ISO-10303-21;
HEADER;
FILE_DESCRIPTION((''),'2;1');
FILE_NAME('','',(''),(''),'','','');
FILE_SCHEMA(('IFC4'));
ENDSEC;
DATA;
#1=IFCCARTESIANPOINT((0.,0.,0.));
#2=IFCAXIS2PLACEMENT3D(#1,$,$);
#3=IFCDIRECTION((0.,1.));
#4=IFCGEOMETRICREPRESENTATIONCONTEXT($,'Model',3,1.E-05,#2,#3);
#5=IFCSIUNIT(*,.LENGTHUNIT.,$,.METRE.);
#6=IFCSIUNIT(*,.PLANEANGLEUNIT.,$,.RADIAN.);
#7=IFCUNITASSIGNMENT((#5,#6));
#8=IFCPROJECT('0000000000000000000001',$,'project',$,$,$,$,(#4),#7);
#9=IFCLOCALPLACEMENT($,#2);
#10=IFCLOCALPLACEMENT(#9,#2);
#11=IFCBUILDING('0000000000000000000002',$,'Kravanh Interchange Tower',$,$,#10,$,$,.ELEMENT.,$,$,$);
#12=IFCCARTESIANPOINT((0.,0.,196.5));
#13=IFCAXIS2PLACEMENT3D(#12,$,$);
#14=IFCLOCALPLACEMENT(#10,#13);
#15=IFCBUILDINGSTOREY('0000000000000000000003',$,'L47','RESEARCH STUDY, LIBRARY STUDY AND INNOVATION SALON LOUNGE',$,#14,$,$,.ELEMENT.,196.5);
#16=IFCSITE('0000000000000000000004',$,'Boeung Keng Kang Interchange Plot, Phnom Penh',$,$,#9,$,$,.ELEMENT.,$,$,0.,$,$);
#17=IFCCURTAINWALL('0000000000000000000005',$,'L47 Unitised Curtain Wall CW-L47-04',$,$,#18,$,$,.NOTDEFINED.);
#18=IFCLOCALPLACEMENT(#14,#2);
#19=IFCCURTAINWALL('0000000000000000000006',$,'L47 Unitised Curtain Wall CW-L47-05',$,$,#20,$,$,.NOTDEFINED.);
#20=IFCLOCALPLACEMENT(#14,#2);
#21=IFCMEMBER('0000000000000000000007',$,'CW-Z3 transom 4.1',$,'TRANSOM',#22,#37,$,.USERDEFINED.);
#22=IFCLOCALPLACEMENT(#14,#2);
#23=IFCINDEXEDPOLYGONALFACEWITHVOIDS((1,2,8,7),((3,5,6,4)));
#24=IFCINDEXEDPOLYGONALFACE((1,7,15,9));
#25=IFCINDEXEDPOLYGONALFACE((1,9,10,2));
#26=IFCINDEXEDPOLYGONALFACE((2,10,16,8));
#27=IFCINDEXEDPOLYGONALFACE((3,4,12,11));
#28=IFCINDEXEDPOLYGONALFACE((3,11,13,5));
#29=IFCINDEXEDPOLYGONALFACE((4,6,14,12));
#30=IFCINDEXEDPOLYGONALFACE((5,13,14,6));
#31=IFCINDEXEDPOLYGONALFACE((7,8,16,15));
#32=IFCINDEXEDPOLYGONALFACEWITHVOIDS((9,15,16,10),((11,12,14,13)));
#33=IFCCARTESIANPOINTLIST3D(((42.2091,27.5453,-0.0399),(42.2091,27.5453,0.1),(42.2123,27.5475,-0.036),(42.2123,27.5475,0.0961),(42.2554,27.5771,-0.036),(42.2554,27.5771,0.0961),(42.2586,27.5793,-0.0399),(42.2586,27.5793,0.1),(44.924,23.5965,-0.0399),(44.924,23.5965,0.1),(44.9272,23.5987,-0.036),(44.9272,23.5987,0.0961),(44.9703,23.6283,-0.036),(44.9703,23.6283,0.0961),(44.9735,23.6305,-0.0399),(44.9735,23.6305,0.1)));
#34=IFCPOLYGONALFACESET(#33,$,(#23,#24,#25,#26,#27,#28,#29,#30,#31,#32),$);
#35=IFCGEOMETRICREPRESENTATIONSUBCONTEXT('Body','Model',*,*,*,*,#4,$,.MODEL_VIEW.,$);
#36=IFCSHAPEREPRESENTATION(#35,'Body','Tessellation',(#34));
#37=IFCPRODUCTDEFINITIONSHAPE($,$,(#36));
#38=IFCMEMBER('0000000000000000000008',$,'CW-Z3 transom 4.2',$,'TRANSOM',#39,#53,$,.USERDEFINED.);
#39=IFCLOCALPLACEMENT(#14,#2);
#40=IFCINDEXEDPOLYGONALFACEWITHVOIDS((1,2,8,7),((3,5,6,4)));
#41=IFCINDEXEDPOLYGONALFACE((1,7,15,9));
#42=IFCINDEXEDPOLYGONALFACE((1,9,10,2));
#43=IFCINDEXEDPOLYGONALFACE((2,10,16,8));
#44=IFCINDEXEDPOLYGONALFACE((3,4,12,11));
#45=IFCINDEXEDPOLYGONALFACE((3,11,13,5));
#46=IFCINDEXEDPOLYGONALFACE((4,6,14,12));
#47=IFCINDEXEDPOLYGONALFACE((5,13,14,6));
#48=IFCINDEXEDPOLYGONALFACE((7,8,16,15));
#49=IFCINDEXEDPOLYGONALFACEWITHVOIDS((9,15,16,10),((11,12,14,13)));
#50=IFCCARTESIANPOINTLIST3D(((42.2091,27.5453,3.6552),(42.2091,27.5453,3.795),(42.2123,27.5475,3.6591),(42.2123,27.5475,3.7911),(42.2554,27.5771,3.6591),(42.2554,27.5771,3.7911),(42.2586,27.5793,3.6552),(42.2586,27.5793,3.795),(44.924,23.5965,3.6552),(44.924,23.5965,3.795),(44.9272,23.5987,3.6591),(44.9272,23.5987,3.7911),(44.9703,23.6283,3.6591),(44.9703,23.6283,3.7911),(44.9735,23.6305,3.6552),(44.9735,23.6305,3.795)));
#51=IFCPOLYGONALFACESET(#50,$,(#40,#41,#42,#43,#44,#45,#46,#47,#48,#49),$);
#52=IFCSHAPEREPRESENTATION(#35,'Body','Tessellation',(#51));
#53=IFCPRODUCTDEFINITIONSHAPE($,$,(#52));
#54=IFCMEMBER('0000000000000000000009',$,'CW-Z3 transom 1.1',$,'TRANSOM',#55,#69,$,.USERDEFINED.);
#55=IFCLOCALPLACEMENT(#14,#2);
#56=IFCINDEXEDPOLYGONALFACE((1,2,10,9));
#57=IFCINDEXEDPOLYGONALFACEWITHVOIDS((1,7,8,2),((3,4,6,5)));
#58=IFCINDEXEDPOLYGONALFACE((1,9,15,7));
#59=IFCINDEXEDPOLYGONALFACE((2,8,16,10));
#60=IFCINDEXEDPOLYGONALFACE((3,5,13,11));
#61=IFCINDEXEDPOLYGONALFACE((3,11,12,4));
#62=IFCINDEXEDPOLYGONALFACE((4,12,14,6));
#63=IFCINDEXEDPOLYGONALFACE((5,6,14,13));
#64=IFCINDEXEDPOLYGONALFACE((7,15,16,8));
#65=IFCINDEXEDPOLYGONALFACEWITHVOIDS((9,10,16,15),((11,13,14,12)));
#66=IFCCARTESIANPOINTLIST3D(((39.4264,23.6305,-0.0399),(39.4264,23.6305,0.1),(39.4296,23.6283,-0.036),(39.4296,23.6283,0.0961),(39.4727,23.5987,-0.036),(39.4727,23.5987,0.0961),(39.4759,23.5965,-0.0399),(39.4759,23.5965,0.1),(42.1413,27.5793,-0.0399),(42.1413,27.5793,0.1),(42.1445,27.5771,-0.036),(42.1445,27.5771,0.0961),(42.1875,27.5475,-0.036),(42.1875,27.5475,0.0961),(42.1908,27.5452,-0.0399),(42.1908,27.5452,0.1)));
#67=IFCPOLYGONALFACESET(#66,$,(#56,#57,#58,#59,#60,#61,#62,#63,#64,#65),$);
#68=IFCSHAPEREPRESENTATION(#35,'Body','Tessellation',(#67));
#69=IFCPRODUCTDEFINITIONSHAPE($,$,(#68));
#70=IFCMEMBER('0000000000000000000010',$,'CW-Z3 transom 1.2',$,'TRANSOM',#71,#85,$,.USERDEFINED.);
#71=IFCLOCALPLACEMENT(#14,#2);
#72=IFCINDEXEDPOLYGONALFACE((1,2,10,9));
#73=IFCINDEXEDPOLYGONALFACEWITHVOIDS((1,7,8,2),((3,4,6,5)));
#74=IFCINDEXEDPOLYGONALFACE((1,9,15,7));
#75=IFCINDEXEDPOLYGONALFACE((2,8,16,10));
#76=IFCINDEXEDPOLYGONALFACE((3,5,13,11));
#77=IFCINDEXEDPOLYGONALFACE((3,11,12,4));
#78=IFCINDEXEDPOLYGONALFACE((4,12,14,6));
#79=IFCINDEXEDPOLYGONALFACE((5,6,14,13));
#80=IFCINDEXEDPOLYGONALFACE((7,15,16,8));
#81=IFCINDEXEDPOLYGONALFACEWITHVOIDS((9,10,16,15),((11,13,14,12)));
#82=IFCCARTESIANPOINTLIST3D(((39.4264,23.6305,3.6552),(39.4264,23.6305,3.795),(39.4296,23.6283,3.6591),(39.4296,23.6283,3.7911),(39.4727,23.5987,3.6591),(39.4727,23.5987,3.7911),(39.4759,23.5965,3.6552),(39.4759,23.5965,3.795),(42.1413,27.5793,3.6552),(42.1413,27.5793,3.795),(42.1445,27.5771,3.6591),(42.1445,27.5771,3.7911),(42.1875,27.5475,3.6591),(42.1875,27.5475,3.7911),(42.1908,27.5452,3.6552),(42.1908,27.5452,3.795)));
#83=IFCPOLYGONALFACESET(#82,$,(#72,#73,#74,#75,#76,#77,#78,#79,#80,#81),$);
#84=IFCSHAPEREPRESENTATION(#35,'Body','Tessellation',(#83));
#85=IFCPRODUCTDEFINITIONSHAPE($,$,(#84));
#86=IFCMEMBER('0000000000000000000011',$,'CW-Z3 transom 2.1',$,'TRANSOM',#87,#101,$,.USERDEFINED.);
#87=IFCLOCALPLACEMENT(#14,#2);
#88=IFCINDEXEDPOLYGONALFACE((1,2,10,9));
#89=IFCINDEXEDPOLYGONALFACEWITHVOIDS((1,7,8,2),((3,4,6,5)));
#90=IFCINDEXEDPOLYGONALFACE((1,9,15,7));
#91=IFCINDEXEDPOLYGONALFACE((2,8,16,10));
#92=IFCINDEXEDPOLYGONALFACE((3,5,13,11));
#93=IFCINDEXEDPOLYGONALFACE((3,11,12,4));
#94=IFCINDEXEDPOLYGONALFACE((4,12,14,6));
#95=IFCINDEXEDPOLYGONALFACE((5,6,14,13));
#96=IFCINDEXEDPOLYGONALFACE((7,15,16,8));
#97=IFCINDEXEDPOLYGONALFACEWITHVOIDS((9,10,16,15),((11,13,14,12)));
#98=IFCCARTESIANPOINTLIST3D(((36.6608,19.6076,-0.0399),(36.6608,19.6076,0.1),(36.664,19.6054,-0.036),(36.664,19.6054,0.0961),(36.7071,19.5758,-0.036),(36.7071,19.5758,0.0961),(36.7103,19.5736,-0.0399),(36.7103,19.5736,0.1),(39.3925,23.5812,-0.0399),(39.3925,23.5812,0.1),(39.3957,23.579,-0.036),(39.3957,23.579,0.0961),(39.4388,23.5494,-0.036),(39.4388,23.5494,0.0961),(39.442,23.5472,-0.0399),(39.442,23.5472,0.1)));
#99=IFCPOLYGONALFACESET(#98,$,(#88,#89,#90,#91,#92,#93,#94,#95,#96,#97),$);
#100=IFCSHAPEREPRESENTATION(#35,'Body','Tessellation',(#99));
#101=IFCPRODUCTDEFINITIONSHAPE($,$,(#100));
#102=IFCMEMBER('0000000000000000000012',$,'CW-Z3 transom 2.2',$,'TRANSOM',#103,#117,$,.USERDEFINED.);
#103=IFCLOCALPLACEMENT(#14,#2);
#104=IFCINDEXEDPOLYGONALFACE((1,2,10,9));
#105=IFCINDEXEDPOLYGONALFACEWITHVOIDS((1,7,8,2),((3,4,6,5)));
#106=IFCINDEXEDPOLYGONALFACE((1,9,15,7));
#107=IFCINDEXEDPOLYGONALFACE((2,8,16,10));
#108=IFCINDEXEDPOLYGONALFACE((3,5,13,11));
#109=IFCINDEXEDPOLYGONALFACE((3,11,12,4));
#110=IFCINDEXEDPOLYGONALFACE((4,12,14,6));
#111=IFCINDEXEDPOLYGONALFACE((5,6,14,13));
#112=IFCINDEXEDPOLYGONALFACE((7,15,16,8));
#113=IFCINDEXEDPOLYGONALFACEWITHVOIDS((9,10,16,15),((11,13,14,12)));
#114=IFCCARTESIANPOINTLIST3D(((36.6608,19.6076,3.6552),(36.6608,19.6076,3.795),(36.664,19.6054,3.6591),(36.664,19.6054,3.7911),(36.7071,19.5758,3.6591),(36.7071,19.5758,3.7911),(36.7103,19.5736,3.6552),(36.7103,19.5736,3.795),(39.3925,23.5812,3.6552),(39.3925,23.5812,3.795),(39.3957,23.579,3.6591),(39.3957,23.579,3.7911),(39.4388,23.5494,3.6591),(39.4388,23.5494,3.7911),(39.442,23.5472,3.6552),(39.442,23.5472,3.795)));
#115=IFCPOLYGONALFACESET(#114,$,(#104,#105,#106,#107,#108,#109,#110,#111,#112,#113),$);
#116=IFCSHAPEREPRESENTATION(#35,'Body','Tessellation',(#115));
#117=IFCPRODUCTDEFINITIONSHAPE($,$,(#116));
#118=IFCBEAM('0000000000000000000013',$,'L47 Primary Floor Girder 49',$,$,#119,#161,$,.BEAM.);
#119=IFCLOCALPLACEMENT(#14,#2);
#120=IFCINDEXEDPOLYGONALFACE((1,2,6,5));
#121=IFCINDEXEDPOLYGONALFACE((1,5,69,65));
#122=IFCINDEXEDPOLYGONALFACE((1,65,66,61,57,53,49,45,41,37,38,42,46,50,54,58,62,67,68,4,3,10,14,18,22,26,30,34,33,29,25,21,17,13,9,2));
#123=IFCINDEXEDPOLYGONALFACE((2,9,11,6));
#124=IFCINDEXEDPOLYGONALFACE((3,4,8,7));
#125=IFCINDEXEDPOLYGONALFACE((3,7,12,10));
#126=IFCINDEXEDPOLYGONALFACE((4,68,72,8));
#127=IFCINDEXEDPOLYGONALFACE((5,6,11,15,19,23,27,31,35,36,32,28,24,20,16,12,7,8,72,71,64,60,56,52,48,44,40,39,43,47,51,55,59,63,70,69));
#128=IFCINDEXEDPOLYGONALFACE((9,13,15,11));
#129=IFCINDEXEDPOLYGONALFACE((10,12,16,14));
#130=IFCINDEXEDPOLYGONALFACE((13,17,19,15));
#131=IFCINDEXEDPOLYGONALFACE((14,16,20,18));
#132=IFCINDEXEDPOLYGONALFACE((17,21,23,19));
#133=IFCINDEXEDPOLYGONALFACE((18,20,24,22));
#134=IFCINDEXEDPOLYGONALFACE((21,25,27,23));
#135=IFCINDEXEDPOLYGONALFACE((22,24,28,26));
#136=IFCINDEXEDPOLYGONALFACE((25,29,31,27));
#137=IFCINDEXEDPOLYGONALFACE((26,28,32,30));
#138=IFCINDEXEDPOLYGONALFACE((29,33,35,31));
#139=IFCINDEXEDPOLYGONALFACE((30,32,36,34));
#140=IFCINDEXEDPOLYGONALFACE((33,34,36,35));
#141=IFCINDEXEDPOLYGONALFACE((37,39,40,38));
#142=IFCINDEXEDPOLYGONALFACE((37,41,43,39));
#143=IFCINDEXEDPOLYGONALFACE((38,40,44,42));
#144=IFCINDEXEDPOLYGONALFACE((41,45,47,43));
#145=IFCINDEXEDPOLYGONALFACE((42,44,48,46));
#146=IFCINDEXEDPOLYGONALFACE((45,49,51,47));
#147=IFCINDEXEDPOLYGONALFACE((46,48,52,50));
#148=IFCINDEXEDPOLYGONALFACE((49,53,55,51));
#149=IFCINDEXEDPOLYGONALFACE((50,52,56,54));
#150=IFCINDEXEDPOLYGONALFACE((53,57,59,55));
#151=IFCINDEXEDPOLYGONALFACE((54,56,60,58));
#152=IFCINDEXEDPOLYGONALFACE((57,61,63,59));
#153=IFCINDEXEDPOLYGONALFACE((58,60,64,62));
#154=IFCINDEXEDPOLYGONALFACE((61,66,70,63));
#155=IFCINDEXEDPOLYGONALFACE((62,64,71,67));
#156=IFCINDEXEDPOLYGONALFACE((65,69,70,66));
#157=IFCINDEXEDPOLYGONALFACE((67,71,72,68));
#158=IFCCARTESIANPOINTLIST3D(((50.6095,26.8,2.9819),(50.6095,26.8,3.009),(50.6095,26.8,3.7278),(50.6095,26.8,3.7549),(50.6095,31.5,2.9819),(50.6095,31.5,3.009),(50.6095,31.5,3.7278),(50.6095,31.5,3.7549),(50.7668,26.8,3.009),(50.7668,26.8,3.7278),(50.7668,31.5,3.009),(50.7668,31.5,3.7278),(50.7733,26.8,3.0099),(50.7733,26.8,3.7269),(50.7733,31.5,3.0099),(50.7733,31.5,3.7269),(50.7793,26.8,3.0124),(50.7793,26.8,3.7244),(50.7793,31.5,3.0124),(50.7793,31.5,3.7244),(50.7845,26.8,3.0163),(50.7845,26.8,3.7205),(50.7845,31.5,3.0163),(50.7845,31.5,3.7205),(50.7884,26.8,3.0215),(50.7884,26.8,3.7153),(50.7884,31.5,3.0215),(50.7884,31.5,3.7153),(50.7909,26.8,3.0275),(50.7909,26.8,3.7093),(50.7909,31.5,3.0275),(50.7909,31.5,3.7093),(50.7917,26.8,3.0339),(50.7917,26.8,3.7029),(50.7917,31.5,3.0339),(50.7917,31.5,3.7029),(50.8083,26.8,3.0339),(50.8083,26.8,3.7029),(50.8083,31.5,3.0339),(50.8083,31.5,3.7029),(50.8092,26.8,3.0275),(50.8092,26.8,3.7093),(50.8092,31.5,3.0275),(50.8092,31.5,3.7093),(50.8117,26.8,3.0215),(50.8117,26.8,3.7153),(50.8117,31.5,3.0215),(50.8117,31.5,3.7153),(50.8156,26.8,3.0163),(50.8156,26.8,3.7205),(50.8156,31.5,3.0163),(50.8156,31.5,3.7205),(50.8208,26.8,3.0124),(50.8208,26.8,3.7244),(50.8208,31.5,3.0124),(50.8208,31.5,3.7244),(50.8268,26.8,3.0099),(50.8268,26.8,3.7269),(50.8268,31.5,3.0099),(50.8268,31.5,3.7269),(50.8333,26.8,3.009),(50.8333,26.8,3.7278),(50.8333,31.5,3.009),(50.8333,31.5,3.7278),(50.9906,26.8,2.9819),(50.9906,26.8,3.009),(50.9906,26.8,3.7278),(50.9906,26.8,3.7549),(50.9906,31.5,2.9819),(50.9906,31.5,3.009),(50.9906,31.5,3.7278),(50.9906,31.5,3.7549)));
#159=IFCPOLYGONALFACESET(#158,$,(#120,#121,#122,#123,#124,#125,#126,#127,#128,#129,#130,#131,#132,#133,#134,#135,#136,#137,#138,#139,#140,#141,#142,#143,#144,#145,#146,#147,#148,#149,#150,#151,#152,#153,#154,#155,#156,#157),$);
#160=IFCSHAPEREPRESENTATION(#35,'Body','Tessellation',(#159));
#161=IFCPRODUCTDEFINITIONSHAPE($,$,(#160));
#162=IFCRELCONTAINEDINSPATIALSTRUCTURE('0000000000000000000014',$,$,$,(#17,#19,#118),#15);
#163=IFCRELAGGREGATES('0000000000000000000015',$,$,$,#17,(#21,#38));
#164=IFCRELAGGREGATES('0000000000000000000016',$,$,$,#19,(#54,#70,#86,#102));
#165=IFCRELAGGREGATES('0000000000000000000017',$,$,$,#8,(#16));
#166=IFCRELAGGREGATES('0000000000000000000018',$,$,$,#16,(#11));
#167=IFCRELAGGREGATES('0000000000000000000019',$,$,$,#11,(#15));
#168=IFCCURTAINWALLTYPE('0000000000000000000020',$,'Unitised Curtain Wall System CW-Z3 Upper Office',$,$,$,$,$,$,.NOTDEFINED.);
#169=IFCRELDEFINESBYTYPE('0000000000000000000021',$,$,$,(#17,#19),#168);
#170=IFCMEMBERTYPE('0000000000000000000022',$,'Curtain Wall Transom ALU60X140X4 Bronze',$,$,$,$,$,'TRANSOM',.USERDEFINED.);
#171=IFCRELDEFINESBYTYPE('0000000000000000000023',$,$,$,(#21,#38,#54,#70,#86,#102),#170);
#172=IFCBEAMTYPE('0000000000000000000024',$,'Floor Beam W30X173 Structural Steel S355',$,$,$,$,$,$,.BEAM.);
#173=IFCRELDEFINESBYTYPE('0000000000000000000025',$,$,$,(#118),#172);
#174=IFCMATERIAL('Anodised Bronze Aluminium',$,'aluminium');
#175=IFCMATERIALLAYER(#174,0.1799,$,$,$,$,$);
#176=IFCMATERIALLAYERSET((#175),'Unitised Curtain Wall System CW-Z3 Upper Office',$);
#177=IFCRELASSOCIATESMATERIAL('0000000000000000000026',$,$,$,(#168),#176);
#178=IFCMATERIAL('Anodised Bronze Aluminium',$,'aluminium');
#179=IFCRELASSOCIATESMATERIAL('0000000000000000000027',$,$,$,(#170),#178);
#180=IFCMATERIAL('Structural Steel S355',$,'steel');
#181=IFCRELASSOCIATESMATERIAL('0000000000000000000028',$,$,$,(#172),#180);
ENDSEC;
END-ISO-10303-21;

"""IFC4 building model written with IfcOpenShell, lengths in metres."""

from ifc_helpers import new_model, si_unit, direction, frame, origin, origin_2d, place, context, subcontext, project, spatial, hollow_rectangle, i_section, extrude, material, layer, layer_set, material_profile, profile_set, type_object, element, aggregate, save


model = new_model("IFC4")

# Units and contexts
model_context = context("Model", 3, precision=1e-05, world=origin(), true_north=direction((0.0, 1.0)))
body_context = subcontext(model_context, "Body", "Model", "MODEL_VIEW")
ifc_project = project(units=[si_unit("LENGTHUNIT", "METRE"), si_unit("PLANEANGLEUNIT", "RADIAN")], contexts=[model_context])

# Site, building, storey
site_placement = place(None, origin())
site = spatial("IfcSite", under=ifc_project, at=site_placement, Name="Boeung Keng Kang Interchange Plot, Phnom Penh", CompositionType="ELEMENT", RefElevation=0.0)
building_placement = place(site_placement, origin())
building = spatial("IfcBuilding", under=site, at=building_placement, Name="Kravanh Interchange Tower", CompositionType="ELEMENT")
storey_placement = place(building_placement, frame((0.0, 0.0, 196.5)))
storey = spatial("IfcBuildingStorey", under=building, at=storey_placement, Name="L47", Description="RESEARCH STUDY, LIBRARY STUDY AND INNOVATION SALON LOUNGE", CompositionType="ELEMENT", Elevation=196.5)

# Shared definitions
ifc_material_1 = material(Name="Anodised Bronze Aluminium", Category="aluminium")
ifc_layer_1 = layer(ifc_material_1, 0.1799)
ifc_layer_set_1 = layer_set([ifc_layer_1], Name="Unitised Curtain Wall System CW-Z3 Upper Office")
curtain_wall_type = type_object("IfcCurtainWallType", Name="Unitised Curtain Wall System CW-Z3 Upper Office", PredefinedType="NOTDEFINED", material=ifc_layer_set_1)

# Curtain wall
curtain_wall_1_placement = place(storey_placement, origin())
curtain_wall_1 = element("IfcCurtainWall", 1, at=curtain_wall_1_placement, inside=storey, type_object=curtain_wall_type, Name="L47 Unitised Curtain Wall CW-L47-04", PredefinedType="NOTDEFINED")

# Curtain wall
curtain_wall_2_placement = place(storey_placement, origin())
curtain_wall_2 = element("IfcCurtainWall", 2, at=curtain_wall_2_placement, inside=storey, type_object=curtain_wall_type, Name="L47 Unitised Curtain Wall CW-L47-05", PredefinedType="NOTDEFINED")

# Members
ifc_material_2 = material(Name="Anodised Bronze Aluminium", Category="aluminium")
ifc_material_profile_1 = material_profile(ifc_material_2, hollow_rectangle(XDim=0.0601, YDim=0.1399, WallThickness=0.0039, at=origin_2d()), Name="ALU60X140X4")
ifc_profile_set_1 = profile_set([ifc_material_profile_1], Name="Anodised Bronze Aluminium")
member_type_1 = type_object("IfcMemberType", Name="Curtain Wall Transom ALU60X140X4 Bronze", ElementType="TRANSOM", PredefinedType="USERDEFINED", material=ifc_profile_set_1)
member_1_placement = place(storey_placement, frame((44.9487, 23.6135, 0.03), z_axis=(-0.566542, 0.824033, 0.0), x_axis=(-0.824033, -0.566542, 0.0)))
member_1 = element("IfcMember", 3, at=member_1_placement, type_object=member_type_1, Name="CW-Z3 transom 4.1", ObjectType="TRANSOM", PredefinedType="USERDEFINED", context=body_context, shape_type="SweptSolid", body=[
    extrude(hollow_rectangle(XDim=0.0601, YDim=0.1399, WallThickness=0.0039, at=origin_2d()), origin(), (0.0, 0.0, 1.0), 4.792),
])
member_2_placement = place(storey_placement, frame((44.9487, 23.6135, 3.7251), z_axis=(-0.566542, 0.824033, 0.0), x_axis=(-0.824033, -0.566542, 0.0)))
member_2 = element("IfcMember", 4, at=member_2_placement, type_object=member_type_1, Name="CW-Z3 transom 4.2", ObjectType="TRANSOM", PredefinedType="USERDEFINED", context=body_context, shape_type="SweptSolid", body=[
    extrude(hollow_rectangle(XDim=0.0601, YDim=0.1399, WallThickness=0.0039, at=origin_2d()), origin(), (0.0, 0.0, 1.0), 4.792),
])
member_3_placement = place(storey_placement, frame((42.166, 27.5623, 0.03), z_axis=(-0.566542, -0.824033, 0.0), x_axis=(0.824033, -0.566542, 0.0)))
member_3 = element("IfcMember", 5, at=member_3_placement, type_object=member_type_1, Name="CW-Z3 transom 1.1", ObjectType="TRANSOM", PredefinedType="USERDEFINED", context=body_context, shape_type="SweptSolid", body=[
    extrude(hollow_rectangle(XDim=0.0601, YDim=0.1399, WallThickness=0.0039, at=origin_2d()), origin(), (0.0, 0.0, 1.0), 4.792),
])
member_4_placement = place(storey_placement, frame((42.166, 27.5623, 3.7251), z_axis=(-0.566542, -0.824033, 0.0), x_axis=(0.824033, -0.566542, 0.0)))
member_4 = element("IfcMember", 6, at=member_4_placement, type_object=member_type_1, Name="CW-Z3 transom 1.2", ObjectType="TRANSOM", PredefinedType="USERDEFINED", context=body_context, shape_type="SweptSolid", body=[
    extrude(hollow_rectangle(XDim=0.0601, YDim=0.1399, WallThickness=0.0039, at=origin_2d()), origin(), (0.0, 0.0, 1.0), 4.792),
])
member_5_placement = place(storey_placement, frame((39.4172, 23.5642, 0.03), z_axis=(-0.566503, -0.82406, 0.0), x_axis=(0.82406, -0.566503, 0.0)))
member_5 = element("IfcMember", 7, at=member_5_placement, type_object=member_type_1, Name="CW-Z3 transom 2.1", ObjectType="TRANSOM", PredefinedType="USERDEFINED", context=body_context, shape_type="SweptSolid", body=[
    extrude(hollow_rectangle(XDim=0.0601, YDim=0.1399, WallThickness=0.0039, at=origin_2d()), origin(), (0.0, 0.0, 1.0), 4.822),
])
member_6_placement = place(storey_placement, frame((39.4172, 23.5642, 3.7251), z_axis=(-0.566503, -0.82406, 0.0), x_axis=(0.82406, -0.566503, 0.0)))
member_6 = element("IfcMember", 8, at=member_6_placement, type_object=member_type_1, Name="CW-Z3 transom 2.2", ObjectType="TRANSOM", PredefinedType="USERDEFINED", context=body_context, shape_type="SweptSolid", body=[
    extrude(hollow_rectangle(XDim=0.0601, YDim=0.1399, WallThickness=0.0039, at=origin_2d()), origin(), (0.0, 0.0, 1.0), 4.822),
])

# Beam
ifc_material_3 = material(Name="Structural Steel S355", Category="steel")
ifc_material_profile_2 = material_profile(ifc_material_3, i_section(OverallWidth=0.3811, OverallDepth=0.7729, WebThickness=0.0166, FlangeThickness=0.0271, FilletRadius=0.0249, at=origin_2d()), Name="W30X173")
ifc_profile_set_2 = profile_set([ifc_material_profile_2], Name="Structural Steel S355")
beam_type_1 = type_object("IfcBeamType", Name="Floor Beam W30X173 Structural Steel S355", PredefinedType="BEAM", material=ifc_profile_set_2)
beam_1_placement = place(storey_placement, frame((50.8, 26.8, 3.3684), z_axis=(0.0, 1.0, 0.0), x_axis=(-1.0, 0.0, 0.0)))
element("IfcBeam", 9, at=beam_1_placement, inside=storey, type_object=beam_type_1, Name="L47 Primary Floor Girder 49", PredefinedType="BEAM", context=body_context, shape_type="SweptSolid", body=[
    extrude(i_section(OverallWidth=0.3811, OverallDepth=0.7729, WebThickness=0.0166, FlangeThickness=0.0271, FilletRadius=0.0249, at=origin_2d()), origin(), (0.0, 0.0, 1.0), 4.7),
])

aggregate(curtain_wall_1, [member_1, member_2])
aggregate(curtain_wall_2, [member_3, member_4, member_5, member_6])

save(model, "model.ifc")
